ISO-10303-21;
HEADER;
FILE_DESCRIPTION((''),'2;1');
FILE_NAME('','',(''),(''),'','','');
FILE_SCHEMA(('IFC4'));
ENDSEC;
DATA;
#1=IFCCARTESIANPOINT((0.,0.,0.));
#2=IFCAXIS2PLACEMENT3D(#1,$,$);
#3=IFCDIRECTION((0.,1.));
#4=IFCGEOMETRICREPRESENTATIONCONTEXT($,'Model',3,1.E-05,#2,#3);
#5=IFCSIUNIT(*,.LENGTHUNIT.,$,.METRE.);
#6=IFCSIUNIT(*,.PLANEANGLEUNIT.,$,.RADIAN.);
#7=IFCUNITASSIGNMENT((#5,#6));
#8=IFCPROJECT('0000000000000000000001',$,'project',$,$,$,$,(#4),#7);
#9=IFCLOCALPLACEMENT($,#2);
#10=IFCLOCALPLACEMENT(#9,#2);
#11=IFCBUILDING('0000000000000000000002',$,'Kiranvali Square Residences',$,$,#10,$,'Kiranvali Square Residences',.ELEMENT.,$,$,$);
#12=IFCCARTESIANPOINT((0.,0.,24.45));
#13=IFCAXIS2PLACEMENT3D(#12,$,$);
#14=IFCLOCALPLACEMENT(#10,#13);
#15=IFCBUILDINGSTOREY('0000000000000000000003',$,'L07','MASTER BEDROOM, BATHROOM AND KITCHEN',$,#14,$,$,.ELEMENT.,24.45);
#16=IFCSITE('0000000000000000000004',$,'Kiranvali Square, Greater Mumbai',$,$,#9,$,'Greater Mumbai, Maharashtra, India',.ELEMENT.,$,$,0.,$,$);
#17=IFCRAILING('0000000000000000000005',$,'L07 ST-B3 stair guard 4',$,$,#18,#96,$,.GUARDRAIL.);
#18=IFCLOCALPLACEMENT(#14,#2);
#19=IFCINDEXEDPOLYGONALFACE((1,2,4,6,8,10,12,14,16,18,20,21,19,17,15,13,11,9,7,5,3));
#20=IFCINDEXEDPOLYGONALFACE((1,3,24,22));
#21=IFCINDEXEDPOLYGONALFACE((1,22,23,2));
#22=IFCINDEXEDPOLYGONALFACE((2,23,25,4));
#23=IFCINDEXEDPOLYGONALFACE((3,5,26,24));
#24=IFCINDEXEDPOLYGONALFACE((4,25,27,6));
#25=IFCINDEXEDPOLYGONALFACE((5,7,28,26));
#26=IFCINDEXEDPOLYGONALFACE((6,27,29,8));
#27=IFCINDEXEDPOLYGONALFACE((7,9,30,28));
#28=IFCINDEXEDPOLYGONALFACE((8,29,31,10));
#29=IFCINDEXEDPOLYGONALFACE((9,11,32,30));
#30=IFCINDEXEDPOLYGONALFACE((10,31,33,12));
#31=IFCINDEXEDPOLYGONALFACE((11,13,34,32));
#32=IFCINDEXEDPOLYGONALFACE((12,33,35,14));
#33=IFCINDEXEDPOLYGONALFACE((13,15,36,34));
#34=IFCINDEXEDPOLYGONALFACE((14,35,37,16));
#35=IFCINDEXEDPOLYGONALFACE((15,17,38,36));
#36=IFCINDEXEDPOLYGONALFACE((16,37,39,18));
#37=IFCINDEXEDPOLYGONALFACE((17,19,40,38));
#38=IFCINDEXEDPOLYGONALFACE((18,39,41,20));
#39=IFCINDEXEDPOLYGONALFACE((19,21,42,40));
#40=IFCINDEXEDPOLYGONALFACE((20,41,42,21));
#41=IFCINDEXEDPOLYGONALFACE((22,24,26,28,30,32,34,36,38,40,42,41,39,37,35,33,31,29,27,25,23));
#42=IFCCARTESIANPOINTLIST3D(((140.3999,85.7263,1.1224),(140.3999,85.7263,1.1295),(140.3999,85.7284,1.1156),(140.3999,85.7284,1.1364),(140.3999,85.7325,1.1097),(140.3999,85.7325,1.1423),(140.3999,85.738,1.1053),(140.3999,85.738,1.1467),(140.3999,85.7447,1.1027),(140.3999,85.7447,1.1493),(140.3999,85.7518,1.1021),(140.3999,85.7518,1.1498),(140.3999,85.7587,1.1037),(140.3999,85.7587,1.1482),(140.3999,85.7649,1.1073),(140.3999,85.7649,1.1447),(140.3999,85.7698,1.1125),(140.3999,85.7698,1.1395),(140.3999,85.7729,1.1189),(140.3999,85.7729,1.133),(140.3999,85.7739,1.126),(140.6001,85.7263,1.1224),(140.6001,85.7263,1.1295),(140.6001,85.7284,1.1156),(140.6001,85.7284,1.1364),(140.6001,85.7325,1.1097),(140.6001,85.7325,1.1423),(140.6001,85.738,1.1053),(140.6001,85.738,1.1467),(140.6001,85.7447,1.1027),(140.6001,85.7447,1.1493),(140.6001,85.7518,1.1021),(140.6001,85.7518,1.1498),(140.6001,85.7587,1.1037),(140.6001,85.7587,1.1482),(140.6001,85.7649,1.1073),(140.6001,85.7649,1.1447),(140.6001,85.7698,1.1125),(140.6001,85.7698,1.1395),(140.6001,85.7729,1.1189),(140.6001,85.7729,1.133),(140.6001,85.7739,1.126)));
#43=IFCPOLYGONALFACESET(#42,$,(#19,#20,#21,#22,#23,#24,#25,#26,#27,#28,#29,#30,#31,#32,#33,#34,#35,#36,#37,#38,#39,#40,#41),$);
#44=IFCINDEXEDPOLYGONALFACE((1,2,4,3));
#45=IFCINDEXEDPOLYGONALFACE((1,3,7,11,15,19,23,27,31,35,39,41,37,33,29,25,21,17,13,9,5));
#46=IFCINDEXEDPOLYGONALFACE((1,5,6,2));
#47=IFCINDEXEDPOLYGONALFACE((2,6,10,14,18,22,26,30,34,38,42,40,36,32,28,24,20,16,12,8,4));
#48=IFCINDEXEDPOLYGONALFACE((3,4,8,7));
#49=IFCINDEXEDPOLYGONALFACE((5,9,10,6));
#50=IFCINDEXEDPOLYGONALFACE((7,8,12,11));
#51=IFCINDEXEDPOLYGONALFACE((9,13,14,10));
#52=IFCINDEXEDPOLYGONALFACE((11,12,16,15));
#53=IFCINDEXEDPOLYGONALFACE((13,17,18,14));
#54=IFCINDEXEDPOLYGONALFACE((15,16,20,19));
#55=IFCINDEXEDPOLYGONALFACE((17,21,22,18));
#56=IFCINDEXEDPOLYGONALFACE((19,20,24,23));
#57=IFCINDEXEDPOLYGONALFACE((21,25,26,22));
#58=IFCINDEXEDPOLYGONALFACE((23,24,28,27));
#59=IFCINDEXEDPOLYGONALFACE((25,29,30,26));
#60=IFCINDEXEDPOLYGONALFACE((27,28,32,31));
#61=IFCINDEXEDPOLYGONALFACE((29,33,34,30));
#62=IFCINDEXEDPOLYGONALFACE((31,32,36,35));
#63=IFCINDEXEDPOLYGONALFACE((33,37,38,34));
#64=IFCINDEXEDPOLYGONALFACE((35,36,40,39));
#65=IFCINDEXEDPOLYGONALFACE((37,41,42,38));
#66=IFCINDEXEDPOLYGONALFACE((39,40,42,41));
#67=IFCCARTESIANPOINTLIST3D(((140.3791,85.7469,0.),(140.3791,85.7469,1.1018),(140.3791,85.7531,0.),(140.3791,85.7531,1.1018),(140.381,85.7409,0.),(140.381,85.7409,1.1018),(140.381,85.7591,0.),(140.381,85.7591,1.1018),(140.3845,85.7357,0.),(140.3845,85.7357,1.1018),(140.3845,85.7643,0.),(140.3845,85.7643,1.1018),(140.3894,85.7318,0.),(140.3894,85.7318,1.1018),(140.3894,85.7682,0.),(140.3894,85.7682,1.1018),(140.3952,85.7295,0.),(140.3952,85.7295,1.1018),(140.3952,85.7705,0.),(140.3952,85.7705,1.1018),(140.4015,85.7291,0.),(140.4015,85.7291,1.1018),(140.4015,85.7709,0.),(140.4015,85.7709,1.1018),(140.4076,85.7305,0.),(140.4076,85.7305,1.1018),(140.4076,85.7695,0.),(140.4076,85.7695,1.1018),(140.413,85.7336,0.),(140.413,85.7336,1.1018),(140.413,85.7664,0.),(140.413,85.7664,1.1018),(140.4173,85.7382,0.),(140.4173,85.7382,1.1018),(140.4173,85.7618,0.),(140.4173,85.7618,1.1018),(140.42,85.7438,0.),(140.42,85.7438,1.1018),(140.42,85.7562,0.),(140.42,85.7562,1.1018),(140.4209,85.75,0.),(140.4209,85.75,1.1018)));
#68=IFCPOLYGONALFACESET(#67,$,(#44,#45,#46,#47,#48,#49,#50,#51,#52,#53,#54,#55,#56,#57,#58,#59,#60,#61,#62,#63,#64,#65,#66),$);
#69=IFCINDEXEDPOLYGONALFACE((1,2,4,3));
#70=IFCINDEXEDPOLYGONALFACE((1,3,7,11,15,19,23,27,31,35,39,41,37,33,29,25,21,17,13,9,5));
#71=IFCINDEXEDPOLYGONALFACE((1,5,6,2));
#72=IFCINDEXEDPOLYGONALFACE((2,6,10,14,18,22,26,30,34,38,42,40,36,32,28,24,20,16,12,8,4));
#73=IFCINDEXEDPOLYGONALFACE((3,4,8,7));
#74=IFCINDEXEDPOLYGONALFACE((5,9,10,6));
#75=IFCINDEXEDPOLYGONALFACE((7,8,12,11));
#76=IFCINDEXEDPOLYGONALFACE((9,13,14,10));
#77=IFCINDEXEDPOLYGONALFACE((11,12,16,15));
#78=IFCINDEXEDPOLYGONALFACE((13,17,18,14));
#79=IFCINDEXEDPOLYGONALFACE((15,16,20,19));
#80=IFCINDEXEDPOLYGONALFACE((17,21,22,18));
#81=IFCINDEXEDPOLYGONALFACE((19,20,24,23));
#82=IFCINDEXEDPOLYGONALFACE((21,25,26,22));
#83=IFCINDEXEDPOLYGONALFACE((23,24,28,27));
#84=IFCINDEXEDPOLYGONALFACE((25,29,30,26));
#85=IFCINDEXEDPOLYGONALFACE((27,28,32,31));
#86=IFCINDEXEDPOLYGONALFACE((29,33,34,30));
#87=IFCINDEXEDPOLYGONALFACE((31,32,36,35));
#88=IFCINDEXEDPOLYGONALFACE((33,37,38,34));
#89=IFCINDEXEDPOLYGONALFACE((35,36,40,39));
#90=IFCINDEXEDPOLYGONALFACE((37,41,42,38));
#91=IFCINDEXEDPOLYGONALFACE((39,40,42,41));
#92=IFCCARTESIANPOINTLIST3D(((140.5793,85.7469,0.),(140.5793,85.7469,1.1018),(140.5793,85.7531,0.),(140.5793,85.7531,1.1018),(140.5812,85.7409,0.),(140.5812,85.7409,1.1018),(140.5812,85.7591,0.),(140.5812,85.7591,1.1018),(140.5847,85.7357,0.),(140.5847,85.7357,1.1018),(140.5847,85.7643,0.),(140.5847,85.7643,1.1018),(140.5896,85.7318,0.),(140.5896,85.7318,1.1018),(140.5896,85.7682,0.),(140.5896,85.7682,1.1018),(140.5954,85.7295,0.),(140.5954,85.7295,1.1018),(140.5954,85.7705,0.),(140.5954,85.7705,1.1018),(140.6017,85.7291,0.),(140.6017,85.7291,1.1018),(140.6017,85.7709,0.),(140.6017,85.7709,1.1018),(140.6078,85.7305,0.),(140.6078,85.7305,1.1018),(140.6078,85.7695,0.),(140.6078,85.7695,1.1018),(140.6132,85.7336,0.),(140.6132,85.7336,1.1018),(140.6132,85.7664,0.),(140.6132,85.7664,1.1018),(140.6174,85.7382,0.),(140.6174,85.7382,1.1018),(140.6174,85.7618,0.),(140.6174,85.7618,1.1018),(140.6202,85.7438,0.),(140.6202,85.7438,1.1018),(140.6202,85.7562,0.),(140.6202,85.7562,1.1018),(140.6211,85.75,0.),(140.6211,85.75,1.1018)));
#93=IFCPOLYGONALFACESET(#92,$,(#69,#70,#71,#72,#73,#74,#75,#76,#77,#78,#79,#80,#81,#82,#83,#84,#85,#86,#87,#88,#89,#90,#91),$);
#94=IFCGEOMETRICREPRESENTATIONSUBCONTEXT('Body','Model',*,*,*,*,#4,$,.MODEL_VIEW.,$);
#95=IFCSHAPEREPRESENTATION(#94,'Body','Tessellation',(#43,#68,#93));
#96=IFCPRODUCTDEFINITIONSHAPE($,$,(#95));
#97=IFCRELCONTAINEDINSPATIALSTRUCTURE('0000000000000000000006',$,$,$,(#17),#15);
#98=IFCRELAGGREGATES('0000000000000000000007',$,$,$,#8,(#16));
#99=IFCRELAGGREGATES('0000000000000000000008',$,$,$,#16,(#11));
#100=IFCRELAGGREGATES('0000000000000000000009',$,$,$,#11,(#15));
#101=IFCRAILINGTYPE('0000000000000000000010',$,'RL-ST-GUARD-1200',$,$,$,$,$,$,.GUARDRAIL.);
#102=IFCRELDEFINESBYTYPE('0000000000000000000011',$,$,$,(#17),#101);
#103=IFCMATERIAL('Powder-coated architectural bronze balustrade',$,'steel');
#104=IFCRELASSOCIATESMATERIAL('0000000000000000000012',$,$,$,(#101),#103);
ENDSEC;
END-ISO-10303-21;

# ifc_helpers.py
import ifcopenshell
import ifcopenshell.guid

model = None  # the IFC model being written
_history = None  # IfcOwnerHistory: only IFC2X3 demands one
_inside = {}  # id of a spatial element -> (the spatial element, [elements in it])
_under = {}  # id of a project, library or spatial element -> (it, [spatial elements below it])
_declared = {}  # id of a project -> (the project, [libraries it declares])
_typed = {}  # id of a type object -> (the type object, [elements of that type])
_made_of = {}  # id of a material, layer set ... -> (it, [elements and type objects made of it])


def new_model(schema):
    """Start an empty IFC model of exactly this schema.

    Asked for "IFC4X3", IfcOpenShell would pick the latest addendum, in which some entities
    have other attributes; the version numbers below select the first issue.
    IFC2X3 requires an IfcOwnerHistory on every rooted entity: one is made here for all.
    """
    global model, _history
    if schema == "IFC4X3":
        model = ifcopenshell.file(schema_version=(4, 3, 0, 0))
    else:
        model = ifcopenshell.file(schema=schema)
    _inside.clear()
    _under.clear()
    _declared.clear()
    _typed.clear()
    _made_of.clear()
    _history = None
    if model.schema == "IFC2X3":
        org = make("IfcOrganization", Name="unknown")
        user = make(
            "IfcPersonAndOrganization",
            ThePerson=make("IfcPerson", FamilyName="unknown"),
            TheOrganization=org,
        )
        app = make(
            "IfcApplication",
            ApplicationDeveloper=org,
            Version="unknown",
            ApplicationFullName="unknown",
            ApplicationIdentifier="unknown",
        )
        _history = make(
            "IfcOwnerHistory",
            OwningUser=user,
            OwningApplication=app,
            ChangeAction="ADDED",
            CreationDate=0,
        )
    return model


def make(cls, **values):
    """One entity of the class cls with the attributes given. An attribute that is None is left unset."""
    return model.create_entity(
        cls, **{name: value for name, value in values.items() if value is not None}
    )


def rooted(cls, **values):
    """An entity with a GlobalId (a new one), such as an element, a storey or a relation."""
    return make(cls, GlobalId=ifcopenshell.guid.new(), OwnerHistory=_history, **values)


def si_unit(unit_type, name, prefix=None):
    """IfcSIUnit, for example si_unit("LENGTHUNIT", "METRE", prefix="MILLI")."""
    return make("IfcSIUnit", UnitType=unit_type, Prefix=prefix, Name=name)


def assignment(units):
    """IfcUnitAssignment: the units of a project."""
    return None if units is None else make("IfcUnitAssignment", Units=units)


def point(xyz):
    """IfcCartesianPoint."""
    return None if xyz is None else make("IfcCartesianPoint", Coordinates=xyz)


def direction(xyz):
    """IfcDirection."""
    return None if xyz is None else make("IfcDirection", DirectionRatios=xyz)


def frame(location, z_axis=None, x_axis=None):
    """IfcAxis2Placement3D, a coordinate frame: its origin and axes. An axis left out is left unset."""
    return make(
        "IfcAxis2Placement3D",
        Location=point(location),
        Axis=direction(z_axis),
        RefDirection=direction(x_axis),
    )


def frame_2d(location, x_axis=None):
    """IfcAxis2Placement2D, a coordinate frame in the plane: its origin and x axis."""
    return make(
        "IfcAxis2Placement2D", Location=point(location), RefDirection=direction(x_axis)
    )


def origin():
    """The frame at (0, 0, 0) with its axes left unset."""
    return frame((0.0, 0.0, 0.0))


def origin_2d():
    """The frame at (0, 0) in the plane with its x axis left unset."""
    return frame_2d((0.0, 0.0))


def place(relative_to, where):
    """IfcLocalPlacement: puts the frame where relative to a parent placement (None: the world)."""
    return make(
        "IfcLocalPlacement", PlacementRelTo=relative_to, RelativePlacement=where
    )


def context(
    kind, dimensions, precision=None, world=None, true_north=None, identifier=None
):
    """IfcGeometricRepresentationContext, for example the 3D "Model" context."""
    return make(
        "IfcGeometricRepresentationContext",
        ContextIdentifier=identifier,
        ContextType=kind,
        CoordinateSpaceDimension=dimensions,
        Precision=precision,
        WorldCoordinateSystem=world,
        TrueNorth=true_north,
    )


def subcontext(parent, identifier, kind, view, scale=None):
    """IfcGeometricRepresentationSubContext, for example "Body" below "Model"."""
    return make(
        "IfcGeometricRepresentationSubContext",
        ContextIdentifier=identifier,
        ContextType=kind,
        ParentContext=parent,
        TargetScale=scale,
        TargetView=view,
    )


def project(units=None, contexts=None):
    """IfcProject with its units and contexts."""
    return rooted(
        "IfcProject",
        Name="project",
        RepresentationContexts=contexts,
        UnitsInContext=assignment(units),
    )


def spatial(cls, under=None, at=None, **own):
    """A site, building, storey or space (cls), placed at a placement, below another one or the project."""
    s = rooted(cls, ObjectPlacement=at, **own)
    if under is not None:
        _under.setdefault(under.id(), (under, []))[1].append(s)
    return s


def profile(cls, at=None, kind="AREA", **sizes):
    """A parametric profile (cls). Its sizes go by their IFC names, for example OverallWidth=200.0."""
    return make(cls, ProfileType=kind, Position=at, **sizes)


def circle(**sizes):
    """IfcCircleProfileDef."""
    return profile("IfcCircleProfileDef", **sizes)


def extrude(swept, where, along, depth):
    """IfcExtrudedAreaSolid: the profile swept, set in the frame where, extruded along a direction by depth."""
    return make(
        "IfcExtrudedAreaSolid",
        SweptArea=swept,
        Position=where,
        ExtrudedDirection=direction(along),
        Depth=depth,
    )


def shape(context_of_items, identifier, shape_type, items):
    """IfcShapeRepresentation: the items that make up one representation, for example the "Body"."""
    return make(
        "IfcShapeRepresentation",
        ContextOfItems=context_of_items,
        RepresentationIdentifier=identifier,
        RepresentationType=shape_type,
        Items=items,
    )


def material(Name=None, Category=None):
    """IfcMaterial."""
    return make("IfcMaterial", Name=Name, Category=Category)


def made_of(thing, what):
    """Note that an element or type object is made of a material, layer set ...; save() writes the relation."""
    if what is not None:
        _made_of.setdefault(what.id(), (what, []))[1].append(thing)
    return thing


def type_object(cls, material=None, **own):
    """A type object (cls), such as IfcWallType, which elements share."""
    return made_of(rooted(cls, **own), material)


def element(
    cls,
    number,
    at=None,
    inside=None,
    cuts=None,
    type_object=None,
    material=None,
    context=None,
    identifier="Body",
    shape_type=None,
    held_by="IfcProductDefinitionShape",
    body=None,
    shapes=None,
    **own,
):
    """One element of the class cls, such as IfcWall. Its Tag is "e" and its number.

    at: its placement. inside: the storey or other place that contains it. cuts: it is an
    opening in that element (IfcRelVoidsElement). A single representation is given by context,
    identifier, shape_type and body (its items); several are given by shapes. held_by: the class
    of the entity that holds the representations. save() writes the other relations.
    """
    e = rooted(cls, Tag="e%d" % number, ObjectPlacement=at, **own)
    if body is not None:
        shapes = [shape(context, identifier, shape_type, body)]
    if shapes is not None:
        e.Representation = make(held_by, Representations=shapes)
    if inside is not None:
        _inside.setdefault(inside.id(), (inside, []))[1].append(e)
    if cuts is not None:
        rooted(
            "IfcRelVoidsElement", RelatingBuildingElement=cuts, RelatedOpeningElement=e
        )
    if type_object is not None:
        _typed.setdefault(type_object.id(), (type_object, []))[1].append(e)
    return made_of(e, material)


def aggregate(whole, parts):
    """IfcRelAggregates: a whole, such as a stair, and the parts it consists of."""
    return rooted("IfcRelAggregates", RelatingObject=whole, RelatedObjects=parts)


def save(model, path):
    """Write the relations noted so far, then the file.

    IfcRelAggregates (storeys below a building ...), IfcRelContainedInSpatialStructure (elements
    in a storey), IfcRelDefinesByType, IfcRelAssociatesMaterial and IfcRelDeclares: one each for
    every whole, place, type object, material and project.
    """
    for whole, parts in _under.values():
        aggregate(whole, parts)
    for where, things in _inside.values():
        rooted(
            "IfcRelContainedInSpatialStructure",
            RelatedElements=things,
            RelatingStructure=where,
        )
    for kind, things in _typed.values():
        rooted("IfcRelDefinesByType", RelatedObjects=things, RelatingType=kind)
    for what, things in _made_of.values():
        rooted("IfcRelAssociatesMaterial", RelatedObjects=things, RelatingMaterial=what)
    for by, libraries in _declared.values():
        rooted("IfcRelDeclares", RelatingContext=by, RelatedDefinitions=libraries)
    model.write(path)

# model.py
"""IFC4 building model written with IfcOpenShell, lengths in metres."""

from ifc_helpers import new_model, si_unit, direction, frame, origin, origin_2d, place, context, subcontext, project, spatial, circle, extrude, material, type_object, element, save


model = new_model("IFC4")

# Units and contexts
model_context = context("Model", 3, precision=1e-05, world=origin(), true_north=direction((0.0, 1.0)))
body_context = subcontext(model_context, "Body", "Model", "MODEL_VIEW")
ifc_project = project(units=[si_unit("LENGTHUNIT", "METRE"), si_unit("PLANEANGLEUNIT", "RADIAN")], contexts=[model_context])

# Site, building, storey
site_placement = place(None, origin())
site = spatial("IfcSite", under=ifc_project, at=site_placement, Name="Kiranvali Square, Greater Mumbai", LongName="Greater Mumbai, Maharashtra, India", CompositionType="ELEMENT", RefElevation=0.0)
building_placement = place(site_placement, origin())
building = spatial("IfcBuilding", under=site, at=building_placement, Name="Kiranvali Square Residences", LongName="Kiranvali Square Residences", CompositionType="ELEMENT")
storey_placement = place(building_placement, frame((0.0, 0.0, 24.45)))
storey = spatial("IfcBuildingStorey", under=building, at=storey_placement, Name="L07", Description="MASTER BEDROOM, BATHROOM AND KITCHEN", CompositionType="ELEMENT", Elevation=24.45)

# Railing
ifc_material_1 = material(Name="Powder-coated architectural bronze balustrade", Category="steel")
railing_type = type_object("IfcRailingType", Name="RL-ST-GUARD-1200", PredefinedType="GUARDRAIL", material=ifc_material_1)
railing_placement = place(storey_placement, frame((140.3999, 85.75, 0.0)))
element("IfcRailing", 1, at=railing_placement, inside=storey, type_object=railing_type, Name="L07 ST-B3 stair guard 4", PredefinedType="GUARDRAIL", context=body_context, shape_type="SweptSolid", body=[
    extrude(circle(Radius=0.0239, at=origin_2d()), frame((0.0, 0.0, 1.126), z_axis=(1.0, 0.0, 0.0), x_axis=(0.0, 1.0, 0.0)), (0.0, 0.0, 1.0), 0.2002),
    extrude(circle(Radius=0.021, at=origin_2d()), origin(), (0.0, 0.0, 1.0), 1.1018),
    extrude(circle(Radius=0.021, at=origin_2d()), frame((0.2002, 0.0, 0.0)), (0.0, 0.0, 1.0), 1.1018),
])

save(model, "model.ifc")
